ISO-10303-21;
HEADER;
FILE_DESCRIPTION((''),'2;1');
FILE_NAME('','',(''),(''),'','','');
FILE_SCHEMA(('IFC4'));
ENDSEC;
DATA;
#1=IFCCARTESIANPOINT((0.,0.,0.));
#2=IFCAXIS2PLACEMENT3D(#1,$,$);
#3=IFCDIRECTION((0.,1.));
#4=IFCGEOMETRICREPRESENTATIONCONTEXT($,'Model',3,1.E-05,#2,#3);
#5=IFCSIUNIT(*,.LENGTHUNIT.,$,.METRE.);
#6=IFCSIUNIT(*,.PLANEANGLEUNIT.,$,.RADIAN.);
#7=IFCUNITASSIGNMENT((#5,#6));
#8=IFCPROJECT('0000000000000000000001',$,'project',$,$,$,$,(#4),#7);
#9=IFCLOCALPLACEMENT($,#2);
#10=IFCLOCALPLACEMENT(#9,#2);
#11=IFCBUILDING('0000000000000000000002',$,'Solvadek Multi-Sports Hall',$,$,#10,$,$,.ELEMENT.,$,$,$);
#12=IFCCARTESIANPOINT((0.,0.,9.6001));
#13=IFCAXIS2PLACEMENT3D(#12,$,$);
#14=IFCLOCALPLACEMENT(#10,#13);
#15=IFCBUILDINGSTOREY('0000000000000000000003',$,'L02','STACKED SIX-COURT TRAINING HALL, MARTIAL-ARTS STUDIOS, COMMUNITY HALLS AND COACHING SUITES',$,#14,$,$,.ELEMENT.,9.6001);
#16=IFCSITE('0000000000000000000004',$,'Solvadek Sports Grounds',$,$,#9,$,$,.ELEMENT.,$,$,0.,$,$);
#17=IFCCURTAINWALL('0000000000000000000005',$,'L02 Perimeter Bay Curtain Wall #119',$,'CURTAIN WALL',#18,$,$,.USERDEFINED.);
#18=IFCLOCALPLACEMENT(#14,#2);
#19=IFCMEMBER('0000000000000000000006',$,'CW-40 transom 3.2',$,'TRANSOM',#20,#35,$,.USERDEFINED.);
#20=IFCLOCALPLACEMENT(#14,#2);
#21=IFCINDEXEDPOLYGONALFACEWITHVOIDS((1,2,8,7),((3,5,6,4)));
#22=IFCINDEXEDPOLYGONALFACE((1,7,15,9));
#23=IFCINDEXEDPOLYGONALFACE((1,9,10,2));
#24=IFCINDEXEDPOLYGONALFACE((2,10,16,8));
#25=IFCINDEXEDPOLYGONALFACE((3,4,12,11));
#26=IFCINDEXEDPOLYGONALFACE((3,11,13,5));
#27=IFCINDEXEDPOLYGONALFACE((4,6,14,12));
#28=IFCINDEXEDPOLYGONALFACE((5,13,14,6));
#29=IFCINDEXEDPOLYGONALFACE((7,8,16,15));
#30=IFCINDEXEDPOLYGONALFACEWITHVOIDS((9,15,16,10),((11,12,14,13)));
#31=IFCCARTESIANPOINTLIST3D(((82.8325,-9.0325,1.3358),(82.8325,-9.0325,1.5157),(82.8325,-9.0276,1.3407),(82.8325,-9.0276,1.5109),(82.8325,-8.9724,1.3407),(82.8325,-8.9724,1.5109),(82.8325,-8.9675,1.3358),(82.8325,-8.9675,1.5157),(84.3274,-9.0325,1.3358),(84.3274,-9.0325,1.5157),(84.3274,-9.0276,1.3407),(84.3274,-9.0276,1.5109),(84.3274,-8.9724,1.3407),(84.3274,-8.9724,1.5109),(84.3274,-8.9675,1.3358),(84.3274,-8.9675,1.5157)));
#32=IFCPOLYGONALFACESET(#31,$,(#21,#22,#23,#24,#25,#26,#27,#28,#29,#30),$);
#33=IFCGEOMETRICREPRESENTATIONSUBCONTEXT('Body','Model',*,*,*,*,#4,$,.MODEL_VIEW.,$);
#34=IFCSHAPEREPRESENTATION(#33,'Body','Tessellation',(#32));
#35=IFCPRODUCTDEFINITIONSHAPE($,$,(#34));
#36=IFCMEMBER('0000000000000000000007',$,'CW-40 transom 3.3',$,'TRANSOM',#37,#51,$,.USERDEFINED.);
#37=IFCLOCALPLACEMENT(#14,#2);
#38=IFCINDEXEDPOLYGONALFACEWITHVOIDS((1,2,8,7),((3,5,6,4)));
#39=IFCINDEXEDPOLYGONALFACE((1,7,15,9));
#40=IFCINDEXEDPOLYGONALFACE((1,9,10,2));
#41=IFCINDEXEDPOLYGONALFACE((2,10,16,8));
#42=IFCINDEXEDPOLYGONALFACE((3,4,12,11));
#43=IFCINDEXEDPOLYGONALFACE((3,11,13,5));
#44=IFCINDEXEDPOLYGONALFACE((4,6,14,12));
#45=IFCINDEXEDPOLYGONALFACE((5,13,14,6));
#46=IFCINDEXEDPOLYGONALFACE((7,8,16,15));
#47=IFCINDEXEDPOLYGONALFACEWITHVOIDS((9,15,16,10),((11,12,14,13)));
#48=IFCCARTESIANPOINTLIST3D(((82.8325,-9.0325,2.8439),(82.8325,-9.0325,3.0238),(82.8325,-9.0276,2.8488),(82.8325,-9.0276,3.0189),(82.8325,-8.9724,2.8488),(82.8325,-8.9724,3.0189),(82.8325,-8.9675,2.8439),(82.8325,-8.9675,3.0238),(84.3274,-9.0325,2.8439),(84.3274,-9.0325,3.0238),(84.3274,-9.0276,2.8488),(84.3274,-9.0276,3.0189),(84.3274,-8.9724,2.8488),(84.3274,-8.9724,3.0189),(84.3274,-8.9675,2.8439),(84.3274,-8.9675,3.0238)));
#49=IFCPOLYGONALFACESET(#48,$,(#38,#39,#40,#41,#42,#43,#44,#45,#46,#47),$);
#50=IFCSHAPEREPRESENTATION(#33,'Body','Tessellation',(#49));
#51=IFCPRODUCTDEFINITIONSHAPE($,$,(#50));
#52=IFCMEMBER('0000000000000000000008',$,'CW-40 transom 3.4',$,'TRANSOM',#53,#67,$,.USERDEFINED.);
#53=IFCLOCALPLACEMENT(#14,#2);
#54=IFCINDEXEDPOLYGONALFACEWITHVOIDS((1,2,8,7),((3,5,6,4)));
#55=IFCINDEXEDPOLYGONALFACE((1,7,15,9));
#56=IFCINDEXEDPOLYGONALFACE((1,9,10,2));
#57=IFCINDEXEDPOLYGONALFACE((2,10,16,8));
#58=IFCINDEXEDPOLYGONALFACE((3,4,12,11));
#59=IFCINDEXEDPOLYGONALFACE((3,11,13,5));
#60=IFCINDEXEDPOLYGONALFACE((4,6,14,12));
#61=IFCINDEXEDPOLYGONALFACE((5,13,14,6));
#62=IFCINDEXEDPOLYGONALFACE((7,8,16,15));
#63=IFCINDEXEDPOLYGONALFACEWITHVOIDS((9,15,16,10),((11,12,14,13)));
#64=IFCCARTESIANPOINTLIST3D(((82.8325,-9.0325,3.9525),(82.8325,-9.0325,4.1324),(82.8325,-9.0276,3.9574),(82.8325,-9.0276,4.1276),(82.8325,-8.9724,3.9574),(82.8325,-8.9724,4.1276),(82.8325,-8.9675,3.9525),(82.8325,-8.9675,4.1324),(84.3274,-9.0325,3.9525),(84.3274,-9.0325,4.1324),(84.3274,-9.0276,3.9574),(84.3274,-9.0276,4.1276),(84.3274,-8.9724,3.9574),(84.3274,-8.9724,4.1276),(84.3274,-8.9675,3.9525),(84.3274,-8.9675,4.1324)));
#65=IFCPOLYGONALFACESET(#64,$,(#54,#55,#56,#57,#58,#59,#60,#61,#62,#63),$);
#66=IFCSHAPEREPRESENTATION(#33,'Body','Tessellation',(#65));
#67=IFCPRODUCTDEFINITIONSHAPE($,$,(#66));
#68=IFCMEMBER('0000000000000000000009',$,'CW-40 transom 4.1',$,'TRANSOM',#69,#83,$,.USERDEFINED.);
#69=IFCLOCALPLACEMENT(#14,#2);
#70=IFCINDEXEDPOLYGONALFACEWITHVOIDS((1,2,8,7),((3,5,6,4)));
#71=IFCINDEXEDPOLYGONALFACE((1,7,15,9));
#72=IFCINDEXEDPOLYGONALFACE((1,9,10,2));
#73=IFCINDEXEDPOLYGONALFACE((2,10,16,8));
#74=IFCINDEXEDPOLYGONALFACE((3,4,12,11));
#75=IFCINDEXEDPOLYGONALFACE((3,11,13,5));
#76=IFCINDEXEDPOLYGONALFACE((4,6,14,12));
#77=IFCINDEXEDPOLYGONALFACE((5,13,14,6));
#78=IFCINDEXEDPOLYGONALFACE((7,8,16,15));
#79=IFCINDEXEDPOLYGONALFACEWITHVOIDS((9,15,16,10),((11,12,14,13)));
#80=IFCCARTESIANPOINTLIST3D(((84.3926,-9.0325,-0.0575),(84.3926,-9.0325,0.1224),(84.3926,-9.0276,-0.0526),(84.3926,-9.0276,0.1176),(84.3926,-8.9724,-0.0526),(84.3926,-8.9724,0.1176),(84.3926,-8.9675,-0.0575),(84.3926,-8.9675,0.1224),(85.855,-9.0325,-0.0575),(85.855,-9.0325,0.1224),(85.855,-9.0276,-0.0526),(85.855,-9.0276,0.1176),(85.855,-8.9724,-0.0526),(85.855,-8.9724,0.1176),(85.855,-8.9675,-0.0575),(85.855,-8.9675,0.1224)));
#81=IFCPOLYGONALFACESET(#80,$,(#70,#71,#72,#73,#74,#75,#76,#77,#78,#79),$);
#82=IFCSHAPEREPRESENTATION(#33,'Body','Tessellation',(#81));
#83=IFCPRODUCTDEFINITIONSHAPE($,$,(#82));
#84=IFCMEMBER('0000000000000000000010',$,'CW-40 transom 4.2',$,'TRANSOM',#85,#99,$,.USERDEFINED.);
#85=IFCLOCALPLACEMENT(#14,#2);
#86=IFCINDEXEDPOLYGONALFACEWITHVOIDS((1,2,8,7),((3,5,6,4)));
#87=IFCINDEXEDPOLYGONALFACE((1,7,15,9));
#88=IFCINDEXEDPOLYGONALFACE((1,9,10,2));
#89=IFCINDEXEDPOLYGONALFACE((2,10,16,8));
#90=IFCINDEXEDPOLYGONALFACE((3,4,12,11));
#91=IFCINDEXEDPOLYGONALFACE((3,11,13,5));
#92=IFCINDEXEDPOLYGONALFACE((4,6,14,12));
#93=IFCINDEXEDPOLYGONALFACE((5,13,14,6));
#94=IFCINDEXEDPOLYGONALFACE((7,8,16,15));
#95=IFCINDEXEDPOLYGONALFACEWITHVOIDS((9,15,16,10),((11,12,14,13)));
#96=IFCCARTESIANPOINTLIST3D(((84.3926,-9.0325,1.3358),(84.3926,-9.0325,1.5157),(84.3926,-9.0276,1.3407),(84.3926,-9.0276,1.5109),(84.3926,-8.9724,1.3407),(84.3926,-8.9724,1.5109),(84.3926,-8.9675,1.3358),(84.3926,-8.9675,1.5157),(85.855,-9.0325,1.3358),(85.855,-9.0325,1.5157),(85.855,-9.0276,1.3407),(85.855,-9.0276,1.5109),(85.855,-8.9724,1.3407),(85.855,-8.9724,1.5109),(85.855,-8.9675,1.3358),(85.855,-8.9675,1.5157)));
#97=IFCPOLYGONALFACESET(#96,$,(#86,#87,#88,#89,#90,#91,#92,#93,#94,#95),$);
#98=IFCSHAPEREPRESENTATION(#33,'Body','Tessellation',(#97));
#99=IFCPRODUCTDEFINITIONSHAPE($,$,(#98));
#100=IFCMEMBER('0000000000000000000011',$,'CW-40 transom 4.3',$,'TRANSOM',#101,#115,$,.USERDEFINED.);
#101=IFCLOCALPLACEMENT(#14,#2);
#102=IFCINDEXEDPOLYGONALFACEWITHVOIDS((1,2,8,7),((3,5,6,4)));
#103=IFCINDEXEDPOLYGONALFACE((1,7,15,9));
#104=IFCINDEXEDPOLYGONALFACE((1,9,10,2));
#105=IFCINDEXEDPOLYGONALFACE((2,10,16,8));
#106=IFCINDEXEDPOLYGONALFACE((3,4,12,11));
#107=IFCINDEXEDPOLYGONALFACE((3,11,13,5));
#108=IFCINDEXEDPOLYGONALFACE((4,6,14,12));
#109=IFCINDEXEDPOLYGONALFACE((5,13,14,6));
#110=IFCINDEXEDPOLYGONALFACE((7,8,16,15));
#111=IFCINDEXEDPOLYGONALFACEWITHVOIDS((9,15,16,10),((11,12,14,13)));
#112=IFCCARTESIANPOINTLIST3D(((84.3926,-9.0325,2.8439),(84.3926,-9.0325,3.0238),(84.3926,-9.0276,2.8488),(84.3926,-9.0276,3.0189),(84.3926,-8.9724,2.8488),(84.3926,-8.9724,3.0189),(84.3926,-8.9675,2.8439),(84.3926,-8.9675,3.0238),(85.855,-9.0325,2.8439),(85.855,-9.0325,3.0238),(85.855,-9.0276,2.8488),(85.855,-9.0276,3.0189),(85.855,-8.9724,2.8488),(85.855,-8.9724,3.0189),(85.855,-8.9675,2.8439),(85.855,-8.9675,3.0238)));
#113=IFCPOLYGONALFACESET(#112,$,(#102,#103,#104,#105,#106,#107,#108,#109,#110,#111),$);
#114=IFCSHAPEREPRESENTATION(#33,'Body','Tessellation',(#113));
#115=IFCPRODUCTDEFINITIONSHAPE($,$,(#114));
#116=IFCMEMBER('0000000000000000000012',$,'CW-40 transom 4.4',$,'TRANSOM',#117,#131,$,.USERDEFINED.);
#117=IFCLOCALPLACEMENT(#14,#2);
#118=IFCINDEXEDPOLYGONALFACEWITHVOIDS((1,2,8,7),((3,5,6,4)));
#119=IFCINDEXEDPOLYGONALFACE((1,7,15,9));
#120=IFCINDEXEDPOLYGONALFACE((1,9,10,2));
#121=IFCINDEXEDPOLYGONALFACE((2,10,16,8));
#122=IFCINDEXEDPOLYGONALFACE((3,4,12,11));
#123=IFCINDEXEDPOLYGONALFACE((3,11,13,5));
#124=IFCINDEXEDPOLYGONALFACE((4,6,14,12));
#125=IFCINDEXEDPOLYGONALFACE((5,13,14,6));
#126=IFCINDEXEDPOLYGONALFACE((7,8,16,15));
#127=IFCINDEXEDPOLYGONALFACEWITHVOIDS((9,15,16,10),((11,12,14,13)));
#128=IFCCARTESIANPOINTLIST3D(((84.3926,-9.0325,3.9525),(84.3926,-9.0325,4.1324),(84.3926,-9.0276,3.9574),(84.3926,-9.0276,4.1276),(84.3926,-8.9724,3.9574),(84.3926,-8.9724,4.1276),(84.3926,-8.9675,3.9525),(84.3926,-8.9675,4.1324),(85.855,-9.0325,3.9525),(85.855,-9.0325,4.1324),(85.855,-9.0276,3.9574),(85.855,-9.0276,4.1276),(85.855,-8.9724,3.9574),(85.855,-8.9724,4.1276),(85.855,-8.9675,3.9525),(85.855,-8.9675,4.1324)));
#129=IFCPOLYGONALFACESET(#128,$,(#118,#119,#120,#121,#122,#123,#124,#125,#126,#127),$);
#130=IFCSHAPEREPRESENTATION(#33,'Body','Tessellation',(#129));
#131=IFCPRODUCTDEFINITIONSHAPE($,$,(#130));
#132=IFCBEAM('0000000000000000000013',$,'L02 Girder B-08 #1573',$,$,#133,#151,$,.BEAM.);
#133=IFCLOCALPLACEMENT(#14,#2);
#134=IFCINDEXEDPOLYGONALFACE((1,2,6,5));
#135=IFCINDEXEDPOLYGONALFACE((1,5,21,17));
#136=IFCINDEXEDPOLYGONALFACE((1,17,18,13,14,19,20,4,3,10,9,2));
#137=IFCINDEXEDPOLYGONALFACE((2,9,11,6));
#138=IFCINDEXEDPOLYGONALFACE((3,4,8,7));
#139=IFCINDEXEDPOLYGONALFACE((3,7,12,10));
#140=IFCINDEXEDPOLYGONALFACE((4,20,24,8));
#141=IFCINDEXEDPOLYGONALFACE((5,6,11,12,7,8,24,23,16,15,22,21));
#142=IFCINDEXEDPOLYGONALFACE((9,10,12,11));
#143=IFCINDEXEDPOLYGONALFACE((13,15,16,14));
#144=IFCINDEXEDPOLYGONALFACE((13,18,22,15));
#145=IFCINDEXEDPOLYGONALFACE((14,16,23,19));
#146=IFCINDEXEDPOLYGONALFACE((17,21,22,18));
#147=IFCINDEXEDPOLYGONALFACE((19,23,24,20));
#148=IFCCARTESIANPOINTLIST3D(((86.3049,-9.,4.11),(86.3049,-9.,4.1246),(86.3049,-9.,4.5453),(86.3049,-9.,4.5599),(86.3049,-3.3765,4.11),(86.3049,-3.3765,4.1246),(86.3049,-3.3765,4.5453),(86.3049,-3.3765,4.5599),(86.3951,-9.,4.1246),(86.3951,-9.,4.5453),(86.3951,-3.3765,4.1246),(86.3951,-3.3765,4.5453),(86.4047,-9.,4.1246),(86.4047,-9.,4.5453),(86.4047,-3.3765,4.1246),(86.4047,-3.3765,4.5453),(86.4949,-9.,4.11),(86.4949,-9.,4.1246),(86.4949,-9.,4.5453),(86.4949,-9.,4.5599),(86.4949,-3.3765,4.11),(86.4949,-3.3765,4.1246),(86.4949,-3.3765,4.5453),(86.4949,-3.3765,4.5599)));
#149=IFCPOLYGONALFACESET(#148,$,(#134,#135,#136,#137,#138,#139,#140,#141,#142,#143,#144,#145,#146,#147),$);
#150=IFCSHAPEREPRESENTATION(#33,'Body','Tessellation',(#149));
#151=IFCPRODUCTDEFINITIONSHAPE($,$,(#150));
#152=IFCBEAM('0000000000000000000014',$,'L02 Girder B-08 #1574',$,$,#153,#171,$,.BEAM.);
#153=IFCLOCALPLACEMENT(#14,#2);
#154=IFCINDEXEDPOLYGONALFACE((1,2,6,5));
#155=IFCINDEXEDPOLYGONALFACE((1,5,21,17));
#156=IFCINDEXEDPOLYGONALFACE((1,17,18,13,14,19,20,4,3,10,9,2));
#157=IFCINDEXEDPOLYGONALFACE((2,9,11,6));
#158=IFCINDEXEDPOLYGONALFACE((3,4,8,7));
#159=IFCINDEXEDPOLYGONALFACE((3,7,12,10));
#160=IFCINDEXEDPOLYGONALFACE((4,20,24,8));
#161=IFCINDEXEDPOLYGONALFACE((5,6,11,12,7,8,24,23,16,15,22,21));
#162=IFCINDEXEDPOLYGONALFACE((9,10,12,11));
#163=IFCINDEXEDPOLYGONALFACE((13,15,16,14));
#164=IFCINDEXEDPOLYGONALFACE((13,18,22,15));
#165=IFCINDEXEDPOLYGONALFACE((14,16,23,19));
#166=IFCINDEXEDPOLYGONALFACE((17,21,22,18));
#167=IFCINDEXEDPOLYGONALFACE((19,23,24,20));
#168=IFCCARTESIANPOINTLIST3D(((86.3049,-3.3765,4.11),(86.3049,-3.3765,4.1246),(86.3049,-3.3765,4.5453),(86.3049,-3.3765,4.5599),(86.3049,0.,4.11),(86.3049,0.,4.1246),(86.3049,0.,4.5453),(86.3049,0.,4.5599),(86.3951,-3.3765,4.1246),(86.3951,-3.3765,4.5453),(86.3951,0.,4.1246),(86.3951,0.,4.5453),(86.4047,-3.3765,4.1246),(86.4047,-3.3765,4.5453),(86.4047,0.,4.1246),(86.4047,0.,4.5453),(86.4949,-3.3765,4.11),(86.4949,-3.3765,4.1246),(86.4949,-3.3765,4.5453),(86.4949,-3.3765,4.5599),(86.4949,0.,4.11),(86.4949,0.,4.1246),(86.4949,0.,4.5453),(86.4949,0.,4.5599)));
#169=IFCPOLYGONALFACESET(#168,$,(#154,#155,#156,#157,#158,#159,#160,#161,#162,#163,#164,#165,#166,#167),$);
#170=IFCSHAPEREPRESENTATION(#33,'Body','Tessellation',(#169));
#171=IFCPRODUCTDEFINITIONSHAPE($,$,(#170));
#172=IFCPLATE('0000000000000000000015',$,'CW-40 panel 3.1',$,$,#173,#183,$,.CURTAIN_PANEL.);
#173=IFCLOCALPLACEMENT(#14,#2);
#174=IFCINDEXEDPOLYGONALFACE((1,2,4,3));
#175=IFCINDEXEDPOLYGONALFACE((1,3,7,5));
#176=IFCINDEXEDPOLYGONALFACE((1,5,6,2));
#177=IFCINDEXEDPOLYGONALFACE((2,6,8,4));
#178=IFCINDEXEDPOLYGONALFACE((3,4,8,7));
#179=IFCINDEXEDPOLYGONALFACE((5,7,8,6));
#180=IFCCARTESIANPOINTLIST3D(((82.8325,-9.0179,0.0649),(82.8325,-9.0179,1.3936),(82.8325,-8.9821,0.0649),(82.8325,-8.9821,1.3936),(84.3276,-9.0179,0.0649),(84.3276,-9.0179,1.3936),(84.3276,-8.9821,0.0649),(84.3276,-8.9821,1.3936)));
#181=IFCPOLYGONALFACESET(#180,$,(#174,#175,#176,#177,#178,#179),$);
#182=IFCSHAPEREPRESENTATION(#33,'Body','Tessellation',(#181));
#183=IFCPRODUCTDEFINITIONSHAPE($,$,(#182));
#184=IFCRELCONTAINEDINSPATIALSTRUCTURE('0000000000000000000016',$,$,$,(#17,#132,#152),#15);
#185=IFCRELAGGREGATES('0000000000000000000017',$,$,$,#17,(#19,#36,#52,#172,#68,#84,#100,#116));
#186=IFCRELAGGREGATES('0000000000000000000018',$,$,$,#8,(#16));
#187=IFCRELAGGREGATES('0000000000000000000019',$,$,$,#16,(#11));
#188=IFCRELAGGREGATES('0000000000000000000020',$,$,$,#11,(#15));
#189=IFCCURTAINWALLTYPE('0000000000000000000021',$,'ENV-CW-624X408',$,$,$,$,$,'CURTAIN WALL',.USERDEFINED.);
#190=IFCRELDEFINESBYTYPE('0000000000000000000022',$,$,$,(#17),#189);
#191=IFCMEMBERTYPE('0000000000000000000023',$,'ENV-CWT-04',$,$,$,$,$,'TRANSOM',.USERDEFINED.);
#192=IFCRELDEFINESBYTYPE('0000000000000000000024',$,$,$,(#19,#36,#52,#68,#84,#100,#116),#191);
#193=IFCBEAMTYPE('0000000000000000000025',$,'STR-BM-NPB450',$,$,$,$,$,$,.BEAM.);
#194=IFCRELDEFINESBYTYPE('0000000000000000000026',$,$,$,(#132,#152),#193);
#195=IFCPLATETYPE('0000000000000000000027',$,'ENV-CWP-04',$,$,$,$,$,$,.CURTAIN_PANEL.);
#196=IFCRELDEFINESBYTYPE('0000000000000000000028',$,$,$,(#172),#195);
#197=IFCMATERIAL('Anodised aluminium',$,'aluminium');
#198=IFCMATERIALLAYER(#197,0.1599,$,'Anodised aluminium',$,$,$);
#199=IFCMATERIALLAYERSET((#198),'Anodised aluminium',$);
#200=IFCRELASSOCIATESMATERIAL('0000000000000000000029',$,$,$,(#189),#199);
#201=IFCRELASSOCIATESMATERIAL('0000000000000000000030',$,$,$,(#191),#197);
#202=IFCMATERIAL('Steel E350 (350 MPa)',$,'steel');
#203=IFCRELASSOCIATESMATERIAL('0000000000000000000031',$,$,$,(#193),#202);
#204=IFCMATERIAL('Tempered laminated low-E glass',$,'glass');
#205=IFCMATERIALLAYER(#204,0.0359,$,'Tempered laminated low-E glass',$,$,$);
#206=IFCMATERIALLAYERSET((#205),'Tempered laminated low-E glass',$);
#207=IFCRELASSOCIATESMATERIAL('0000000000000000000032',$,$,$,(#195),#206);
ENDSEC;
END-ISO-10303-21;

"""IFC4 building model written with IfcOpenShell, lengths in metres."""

from ifc_helpers import new_model, si_unit, direction, frame, origin, origin_2d, place, context, subcontext, project, spatial, rectangle, hollow_rectangle, i_section, extrude, material, layer, layer_set, material_profile, profile_set, type_object, element, aggregate, save


model = new_model("IFC4")

# Units and contexts
model_context = context("Model", 3, precision=1e-05, world=origin(), true_north=direction((0.0, 1.0)))
body_context = subcontext(model_context, "Body", "Model", "MODEL_VIEW")
ifc_project = project(units=[si_unit("LENGTHUNIT", "METRE"), si_unit("PLANEANGLEUNIT", "RADIAN")], contexts=[model_context])

# Site, building, storey
site_placement = place(None, origin())
site = spatial("IfcSite", under=ifc_project, at=site_placement, Name="Solvadek Sports Grounds", CompositionType="ELEMENT", RefElevation=0.0)
building_placement = place(site_placement, origin())
building = spatial("IfcBuilding", under=site, at=building_placement, Name="Solvadek Multi-Sports Hall", CompositionType="ELEMENT")
storey_placement = place(building_placement, frame((0.0, 0.0, 9.6001)))
storey = spatial("IfcBuildingStorey", under=building, at=storey_placement, Name="L02", Description="STACKED SIX-COURT TRAINING HALL, MARTIAL-ARTS STUDIOS, COMMUNITY HALLS AND COACHING SUITES", CompositionType="ELEMENT", Elevation=9.6001)

# Shared definitions
ifc_material_1 = material(Name="Steel E350 (350 MPa)", Category="steel")

# Curtain wall
ifc_material_2 = material(Name="Anodised aluminium", Category="aluminium")
ifc_layer_1 = layer(ifc_material_2, 0.1599, Name="Anodised aluminium")
ifc_layer_set_1 = layer_set([ifc_layer_1], Name="Anodised aluminium")
curtain_wall_type_1 = type_object("IfcCurtainWallType", Name="ENV-CW-624X408", ElementType="CURTAIN WALL", PredefinedType="USERDEFINED", material=ifc_layer_set_1)
curtain_wall_1_placement = place(storey_placement, origin())
curtain_wall_1 = element("IfcCurtainWall", 1, at=curtain_wall_1_placement, inside=storey, type_object=curtain_wall_type_1, Name="L02 Perimeter Bay Curtain Wall #119", ObjectType="CURTAIN WALL", PredefinedType="USERDEFINED")

# Members
ifc_material_profile_1 = material_profile(ifc_material_2, hollow_rectangle(XDim=0.0649, YDim=0.1799, WallThickness=0.0049, at=origin_2d()), Name="ALU-T 180x65x5")
ifc_profile_set_1 = profile_set([ifc_material_profile_1], Name="Anodised aluminium")
member_type_1 = type_object("IfcMemberType", Name="ENV-CWT-04", ElementType="TRANSOM", PredefinedType="USERDEFINED", material=ifc_profile_set_1)
member_1_placement = place(storey_placement, frame((82.8325, -9.0, 1.4258), z_axis=(1.0, 0.0, 0.0), x_axis=(0.0, 1.0, 0.0)))
member_1 = element("IfcMember", 2, at=member_1_placement, type_object=member_type_1, Name="CW-40 transom 3.2", ObjectType="TRANSOM", PredefinedType="USERDEFINED", context=body_context, shape_type="SweptSolid", body=[
    extrude(hollow_rectangle(XDim=0.0649, YDim=0.1799, WallThickness=0.0049, at=origin_2d()), origin(), (0.0, 0.0, 1.0), 1.4949),
])
member_2_placement = place(storey_placement, frame((82.8325, -9.0, 2.9338), z_axis=(1.0, 0.0, 0.0), x_axis=(0.0, 1.0, 0.0)))
member_2 = element("IfcMember", 3, at=member_2_placement, type_object=member_type_1, Name="CW-40 transom 3.3", ObjectType="TRANSOM", PredefinedType="USERDEFINED", context=body_context, shape_type="SweptSolid", body=[
    extrude(hollow_rectangle(XDim=0.0649, YDim=0.1799, WallThickness=0.0049, at=origin_2d()), origin(), (0.0, 0.0, 1.0), 1.4949),
])
member_3_placement = place(storey_placement, frame((82.8325, -9.0, 4.0425), z_axis=(1.0, 0.0, 0.0), x_axis=(0.0, 1.0, 0.0)))
member_3 = element("IfcMember", 4, at=member_3_placement, type_object=member_type_1, Name="CW-40 transom 3.4", ObjectType="TRANSOM", PredefinedType="USERDEFINED", context=body_context, shape_type="SweptSolid", body=[
    extrude(hollow_rectangle(XDim=0.0649, YDim=0.1799, WallThickness=0.0049, at=origin_2d()), origin(), (0.0, 0.0, 1.0), 1.4949),
])
member_4_placement = place(storey_placement, frame((84.3926, -9.0, 0.0325), z_axis=(1.0, 0.0, 0.0), x_axis=(0.0, 1.0, 0.0)))
member_4 = element("IfcMember", 5, at=member_4_placement, type_object=member_type_1, Name="CW-40 transom 4.1", ObjectType="TRANSOM", PredefinedType="USERDEFINED", context=body_context, shape_type="SweptSolid", body=[
    extrude(hollow_rectangle(XDim=0.0649, YDim=0.1799, WallThickness=0.0049, at=origin_2d()), origin(), (0.0, 0.0, 1.0), 1.4624),
])
member_5_placement = place(storey_placement, frame((84.3926, -9.0, 1.4258), z_axis=(1.0, 0.0, 0.0), x_axis=(0.0, 1.0, 0.0)))
member_5 = element("IfcMember", 6, at=member_5_placement, type_object=member_type_1, Name="CW-40 transom 4.2", ObjectType="TRANSOM", PredefinedType="USERDEFINED", context=body_context, shape_type="SweptSolid", body=[
    extrude(hollow_rectangle(XDim=0.0649, YDim=0.1799, WallThickness=0.0049, at=origin_2d()), origin(), (0.0, 0.0, 1.0), 1.4624),
])
member_6_placement = place(storey_placement, frame((84.3926, -9.0, 2.9338), z_axis=(1.0, 0.0, 0.0), x_axis=(0.0, 1.0, 0.0)))
member_6 = element("IfcMember", 7, at=member_6_placement, type_object=member_type_1, Name="CW-40 transom 4.3", ObjectType="TRANSOM", PredefinedType="USERDEFINED", context=body_context, shape_type="SweptSolid", body=[
    extrude(hollow_rectangle(XDim=0.0649, YDim=0.1799, WallThickness=0.0049, at=origin_2d()), origin(), (0.0, 0.0, 1.0), 1.4624),
])
member_7_placement = place(storey_placement, frame((84.3926, -9.0, 4.0425), z_axis=(1.0, 0.0, 0.0), x_axis=(0.0, 1.0, 0.0)))
member_7 = element("IfcMember", 8, at=member_7_placement, type_object=member_type_1, Name="CW-40 transom 4.4", ObjectType="TRANSOM", PredefinedType="USERDEFINED", context=body_context, shape_type="SweptSolid", body=[
    extrude(hollow_rectangle(XDim=0.0649, YDim=0.1799, WallThickness=0.0049, at=origin_2d()), origin(), (0.0, 0.0, 1.0), 1.4624),
])

# Beams
ifc_material_profile_2 = material_profile(ifc_material_1, i_section(OverallWidth=0.1899, OverallDepth=0.45, WebThickness=0.0095, FlangeThickness=0.0146, at=origin_2d()), Name="NPB 450")
ifc_profile_set_2 = profile_set([ifc_material_profile_2], Name="Steel E350 (350 MPa)")
beam_type = type_object("IfcBeamType", Name="STR-BM-NPB450", PredefinedType="BEAM", material=ifc_profile_set_2)
beam_1_placement = place(storey_placement, frame((86.3999, -9.0, 4.335), z_axis=(0.0, 1.0, 0.0), x_axis=(-1.0, 0.0, 0.0)))
element("IfcBeam", 9, at=beam_1_placement, inside=storey, type_object=beam_type, Name="L02 Girder B-08 #1573", PredefinedType="BEAM", context=body_context, shape_type="SweptSolid", body=[
    extrude(i_section(OverallWidth=0.1899, OverallDepth=0.45, WebThickness=0.0095, FlangeThickness=0.0146, at=origin_2d()), origin(), (0.0, 0.0, 1.0), 5.6235),
])
beam_2_placement = place(storey_placement, frame((86.3999, -3.3765, 4.335), z_axis=(0.0, 1.0, 0.0), x_axis=(-1.0, 0.0, 0.0)))
element("IfcBeam", 10, at=beam_2_placement, inside=storey, type_object=beam_type, Name="L02 Girder B-08 #1574", PredefinedType="BEAM", context=body_context, shape_type="SweptSolid", body=[
    extrude(i_section(OverallWidth=0.1899, OverallDepth=0.45, WebThickness=0.0095, FlangeThickness=0.0146, at=origin_2d()), origin(), (0.0, 0.0, 1.0), 3.3765),
])

# Plate
ifc_material_3 = material(Name="Tempered laminated low-E glass", Category="glass")
ifc_layer_2 = layer(ifc_material_3, 0.0359, Name="Tempered laminated low-E glass")
ifc_layer_set_2 = layer_set([ifc_layer_2], Name="Tempered laminated low-E glass")
plate_type_1 = type_object("IfcPlateType", Name="ENV-CWP-04", PredefinedType="CURTAIN_PANEL", material=ifc_layer_set_2)
plate_1_placement = place(storey_placement, frame((83.5801, -9.0, 0.0649), z_axis=(0.0, 0.0, 1.0), x_axis=(1.0, 0.0, 0.0)))
plate_1 = element("IfcPlate", 11, at=plate_1_placement, type_object=plate_type_1, Name="CW-40 panel 3.1", PredefinedType="CURTAIN_PANEL", context=body_context, shape_type="SweptSolid", body=[
    extrude(rectangle(XDim=1.4951, YDim=0.0359, at=origin_2d()), origin(), (0.0, 0.0, 1.0), 1.3286),
])
aggregate(curtain_wall_1, [member_1, member_2, member_3, plate_1, member_4, member_5, member_6, member_7])

save(model, "model.ifc")
